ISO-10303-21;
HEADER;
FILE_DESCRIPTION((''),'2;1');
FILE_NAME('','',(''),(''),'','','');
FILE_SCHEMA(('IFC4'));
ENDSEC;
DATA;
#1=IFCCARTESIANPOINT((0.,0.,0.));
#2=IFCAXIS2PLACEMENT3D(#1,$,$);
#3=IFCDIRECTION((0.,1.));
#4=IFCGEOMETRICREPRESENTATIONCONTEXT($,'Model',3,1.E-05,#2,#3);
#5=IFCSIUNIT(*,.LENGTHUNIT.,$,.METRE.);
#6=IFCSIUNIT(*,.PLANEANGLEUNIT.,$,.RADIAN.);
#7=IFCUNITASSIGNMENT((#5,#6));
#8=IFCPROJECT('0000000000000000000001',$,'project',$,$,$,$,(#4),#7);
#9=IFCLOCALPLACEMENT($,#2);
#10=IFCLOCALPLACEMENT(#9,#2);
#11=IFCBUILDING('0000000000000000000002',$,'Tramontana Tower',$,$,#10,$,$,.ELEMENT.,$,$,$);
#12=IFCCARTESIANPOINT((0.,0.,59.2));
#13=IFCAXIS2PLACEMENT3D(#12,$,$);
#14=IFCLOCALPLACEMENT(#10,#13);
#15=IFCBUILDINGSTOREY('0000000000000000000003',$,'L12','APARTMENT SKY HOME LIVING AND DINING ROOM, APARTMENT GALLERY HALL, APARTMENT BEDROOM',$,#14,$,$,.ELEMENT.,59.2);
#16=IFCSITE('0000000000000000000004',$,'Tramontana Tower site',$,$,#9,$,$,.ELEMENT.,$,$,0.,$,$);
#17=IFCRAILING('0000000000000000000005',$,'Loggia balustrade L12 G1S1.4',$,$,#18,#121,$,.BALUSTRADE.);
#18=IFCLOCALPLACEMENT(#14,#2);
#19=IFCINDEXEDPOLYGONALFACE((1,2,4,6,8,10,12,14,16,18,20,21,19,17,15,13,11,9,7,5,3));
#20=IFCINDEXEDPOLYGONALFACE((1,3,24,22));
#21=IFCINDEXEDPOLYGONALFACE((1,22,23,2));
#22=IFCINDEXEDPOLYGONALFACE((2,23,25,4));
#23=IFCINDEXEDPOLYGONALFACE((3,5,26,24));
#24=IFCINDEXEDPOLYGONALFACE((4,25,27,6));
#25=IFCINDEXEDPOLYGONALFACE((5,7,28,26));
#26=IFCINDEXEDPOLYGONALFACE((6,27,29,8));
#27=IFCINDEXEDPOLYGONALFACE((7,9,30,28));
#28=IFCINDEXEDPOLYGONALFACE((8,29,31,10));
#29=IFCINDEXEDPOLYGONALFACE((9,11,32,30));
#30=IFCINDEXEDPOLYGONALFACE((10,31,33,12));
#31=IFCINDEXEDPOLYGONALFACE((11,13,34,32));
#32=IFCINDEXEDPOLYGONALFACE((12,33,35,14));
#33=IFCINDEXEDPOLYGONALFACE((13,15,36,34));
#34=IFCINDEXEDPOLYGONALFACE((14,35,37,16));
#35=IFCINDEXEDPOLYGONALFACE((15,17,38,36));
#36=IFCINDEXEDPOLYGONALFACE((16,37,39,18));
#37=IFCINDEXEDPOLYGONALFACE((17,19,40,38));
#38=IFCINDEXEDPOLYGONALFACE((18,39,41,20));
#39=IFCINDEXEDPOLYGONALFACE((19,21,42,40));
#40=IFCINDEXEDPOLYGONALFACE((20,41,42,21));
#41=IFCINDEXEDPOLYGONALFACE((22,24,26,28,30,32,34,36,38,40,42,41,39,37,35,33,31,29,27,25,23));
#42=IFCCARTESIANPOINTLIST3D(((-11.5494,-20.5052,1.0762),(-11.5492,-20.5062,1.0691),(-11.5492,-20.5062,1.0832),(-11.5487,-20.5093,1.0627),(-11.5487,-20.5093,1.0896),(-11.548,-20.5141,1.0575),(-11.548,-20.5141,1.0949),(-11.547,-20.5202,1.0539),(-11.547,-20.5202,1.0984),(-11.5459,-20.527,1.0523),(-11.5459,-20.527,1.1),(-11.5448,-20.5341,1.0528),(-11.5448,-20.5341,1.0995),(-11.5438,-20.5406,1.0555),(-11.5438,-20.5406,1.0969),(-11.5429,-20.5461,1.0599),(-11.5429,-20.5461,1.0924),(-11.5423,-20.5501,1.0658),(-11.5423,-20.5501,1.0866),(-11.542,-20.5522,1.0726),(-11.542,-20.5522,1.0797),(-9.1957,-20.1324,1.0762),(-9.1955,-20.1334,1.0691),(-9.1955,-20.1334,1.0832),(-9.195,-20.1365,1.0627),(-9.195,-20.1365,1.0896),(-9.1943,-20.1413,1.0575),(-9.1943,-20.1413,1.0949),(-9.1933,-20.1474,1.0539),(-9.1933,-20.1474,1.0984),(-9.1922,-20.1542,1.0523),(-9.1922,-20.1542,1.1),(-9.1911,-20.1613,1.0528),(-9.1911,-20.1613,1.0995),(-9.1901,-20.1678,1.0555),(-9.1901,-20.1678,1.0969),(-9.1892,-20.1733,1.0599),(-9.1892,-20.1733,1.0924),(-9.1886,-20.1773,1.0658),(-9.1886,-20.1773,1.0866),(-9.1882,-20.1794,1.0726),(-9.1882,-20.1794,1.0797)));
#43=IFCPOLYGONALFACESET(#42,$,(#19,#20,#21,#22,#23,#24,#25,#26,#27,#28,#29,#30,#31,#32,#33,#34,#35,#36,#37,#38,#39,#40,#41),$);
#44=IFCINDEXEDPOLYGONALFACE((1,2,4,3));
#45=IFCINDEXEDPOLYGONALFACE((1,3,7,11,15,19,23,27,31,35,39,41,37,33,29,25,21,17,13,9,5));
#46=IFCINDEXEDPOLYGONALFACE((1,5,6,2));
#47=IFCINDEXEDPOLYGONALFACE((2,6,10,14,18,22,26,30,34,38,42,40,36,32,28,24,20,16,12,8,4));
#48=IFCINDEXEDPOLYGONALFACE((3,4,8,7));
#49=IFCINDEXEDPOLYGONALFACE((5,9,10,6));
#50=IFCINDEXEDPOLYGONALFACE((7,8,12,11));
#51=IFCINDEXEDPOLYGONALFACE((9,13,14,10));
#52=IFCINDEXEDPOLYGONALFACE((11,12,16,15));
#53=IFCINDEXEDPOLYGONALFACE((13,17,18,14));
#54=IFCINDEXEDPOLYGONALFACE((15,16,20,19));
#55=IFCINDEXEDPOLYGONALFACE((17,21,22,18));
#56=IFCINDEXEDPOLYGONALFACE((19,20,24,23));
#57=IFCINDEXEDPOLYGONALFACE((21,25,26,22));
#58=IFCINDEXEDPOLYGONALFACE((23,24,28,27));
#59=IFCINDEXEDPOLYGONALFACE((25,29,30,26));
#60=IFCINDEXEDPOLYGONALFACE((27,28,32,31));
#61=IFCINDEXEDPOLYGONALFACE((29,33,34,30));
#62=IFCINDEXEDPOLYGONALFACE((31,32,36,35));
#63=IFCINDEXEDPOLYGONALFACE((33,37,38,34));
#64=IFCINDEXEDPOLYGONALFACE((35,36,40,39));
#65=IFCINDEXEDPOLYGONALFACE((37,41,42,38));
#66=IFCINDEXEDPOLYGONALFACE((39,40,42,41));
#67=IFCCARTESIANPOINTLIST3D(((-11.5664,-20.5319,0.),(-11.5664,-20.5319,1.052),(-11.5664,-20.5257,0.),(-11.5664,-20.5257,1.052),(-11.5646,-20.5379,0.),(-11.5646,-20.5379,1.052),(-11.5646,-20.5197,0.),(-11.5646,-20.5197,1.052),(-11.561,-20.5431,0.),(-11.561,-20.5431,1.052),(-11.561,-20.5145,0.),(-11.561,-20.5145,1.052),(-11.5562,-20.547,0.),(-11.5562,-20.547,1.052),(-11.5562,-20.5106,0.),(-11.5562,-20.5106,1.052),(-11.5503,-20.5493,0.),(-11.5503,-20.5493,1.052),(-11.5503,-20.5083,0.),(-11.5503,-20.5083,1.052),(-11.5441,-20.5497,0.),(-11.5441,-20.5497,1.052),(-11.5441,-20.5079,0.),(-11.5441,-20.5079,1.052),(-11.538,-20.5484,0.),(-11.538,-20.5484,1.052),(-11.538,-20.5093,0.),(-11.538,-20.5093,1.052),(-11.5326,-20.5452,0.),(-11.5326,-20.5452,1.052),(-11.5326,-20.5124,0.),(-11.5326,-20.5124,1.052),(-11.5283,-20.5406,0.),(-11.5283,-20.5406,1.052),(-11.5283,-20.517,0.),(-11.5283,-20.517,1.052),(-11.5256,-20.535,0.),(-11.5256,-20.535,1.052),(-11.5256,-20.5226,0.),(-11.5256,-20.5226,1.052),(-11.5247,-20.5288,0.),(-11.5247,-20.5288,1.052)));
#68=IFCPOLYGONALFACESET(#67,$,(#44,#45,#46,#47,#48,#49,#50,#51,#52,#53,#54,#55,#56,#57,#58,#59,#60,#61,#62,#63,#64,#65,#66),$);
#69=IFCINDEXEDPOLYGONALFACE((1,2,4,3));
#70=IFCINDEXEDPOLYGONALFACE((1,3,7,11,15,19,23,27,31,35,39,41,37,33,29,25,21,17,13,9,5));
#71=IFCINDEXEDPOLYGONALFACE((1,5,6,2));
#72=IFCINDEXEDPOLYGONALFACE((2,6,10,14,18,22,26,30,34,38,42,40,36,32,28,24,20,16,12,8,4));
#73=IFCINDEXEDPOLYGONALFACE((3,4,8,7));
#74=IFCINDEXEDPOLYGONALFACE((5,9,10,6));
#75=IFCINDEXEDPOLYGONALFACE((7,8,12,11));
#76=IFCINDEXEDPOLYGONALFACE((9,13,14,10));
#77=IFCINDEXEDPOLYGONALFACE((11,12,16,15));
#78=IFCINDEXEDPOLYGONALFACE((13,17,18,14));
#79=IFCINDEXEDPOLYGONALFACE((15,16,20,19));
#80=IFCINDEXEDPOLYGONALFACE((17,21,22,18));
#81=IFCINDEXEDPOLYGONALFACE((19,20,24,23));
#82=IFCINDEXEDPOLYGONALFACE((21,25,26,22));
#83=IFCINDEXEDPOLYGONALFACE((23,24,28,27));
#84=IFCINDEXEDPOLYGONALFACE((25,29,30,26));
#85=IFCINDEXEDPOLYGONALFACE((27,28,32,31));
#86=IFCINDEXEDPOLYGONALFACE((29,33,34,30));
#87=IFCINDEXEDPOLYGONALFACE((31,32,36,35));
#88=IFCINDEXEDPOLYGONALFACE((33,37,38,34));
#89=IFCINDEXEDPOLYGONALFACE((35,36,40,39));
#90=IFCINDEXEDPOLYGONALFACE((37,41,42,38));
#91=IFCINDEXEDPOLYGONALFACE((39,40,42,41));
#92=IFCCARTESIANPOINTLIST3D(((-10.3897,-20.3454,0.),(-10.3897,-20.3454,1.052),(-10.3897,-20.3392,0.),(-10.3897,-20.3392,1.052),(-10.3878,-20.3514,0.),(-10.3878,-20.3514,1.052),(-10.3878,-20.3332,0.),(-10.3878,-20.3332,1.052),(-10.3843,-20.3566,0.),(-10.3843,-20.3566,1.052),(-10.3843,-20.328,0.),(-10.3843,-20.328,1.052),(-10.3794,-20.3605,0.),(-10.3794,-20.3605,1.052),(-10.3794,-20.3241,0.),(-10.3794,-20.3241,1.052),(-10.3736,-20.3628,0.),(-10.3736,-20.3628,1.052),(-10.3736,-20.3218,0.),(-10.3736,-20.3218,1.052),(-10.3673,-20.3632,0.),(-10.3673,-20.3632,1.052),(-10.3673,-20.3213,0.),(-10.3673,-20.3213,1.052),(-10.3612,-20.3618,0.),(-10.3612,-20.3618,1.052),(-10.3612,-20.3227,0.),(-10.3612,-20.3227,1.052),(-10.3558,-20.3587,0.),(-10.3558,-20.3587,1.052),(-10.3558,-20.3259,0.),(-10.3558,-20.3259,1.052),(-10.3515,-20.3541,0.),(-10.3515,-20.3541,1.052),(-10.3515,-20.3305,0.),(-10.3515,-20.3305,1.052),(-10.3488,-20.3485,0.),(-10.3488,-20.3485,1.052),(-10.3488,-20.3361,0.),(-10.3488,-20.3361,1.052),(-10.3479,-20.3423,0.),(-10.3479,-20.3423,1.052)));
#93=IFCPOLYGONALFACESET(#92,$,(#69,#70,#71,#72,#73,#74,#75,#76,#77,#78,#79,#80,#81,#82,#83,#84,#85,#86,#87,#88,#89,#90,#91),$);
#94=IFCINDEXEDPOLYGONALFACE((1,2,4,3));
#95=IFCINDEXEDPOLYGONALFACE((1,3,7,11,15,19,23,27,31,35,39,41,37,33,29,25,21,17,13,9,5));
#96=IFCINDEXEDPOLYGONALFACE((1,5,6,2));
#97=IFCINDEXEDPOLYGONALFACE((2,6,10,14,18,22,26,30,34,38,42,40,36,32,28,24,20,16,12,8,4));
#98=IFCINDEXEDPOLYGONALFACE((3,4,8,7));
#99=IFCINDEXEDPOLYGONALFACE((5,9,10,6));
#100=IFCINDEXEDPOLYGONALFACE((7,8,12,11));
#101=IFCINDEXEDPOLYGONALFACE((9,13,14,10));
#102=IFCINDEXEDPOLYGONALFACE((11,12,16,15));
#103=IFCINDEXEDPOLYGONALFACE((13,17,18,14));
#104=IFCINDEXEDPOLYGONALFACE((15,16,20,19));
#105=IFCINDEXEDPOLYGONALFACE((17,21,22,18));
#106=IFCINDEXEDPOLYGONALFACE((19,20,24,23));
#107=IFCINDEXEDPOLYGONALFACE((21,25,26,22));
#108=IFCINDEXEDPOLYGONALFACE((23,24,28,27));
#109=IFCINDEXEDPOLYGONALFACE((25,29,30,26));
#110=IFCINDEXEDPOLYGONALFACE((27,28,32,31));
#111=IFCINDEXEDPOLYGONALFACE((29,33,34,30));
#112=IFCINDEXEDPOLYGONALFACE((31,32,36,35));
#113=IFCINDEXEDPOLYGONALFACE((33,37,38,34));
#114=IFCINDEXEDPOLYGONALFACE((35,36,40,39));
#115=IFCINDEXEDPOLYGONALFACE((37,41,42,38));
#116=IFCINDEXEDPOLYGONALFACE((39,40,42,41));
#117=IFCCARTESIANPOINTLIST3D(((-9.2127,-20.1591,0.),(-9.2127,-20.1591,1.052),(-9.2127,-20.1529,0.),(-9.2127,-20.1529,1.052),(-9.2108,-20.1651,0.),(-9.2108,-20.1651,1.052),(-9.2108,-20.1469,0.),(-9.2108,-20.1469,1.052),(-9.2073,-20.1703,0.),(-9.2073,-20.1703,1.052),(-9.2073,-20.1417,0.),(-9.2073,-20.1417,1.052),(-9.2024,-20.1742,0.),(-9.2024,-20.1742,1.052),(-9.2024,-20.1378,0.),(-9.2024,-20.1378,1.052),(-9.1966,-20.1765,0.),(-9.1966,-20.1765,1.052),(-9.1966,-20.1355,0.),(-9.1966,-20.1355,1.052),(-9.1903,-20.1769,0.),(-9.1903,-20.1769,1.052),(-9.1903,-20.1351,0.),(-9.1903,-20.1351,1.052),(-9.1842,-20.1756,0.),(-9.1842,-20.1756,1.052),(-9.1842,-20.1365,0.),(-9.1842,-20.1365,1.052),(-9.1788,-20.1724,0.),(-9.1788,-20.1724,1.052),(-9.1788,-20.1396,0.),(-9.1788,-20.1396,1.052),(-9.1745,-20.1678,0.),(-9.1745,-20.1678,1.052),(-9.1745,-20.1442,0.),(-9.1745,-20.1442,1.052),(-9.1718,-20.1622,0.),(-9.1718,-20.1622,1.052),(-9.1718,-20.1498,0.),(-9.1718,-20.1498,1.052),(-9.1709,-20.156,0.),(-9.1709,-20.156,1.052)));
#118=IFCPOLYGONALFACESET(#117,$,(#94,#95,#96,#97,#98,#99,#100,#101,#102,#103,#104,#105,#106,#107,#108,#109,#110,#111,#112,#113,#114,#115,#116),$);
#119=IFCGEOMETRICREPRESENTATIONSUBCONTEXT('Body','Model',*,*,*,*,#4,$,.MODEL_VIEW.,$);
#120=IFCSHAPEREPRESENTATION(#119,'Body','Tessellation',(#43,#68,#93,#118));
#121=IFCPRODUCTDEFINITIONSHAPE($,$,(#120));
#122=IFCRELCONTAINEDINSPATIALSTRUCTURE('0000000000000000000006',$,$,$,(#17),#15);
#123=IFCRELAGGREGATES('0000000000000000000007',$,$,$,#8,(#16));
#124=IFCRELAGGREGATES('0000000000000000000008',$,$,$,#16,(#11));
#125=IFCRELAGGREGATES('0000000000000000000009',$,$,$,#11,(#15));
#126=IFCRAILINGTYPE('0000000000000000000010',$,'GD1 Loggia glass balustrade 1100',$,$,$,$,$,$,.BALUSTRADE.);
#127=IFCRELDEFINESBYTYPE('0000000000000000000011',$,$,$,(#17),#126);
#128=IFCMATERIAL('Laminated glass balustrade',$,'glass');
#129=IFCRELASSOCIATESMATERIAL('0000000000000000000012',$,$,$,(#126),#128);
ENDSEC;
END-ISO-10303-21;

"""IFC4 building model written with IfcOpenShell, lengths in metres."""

from ifc_helpers import new_model, si_unit, direction, frame, origin, origin_2d, place, context, subcontext, project, spatial, circle, extrude, material, type_object, element, save


model = new_model("IFC4")

# Units and contexts
model_context = context("Model", 3, precision=1e-05, world=origin(), true_north=direction((0.0, 1.0)))
body_context = subcontext(model_context, "Body", "Model", "MODEL_VIEW")
ifc_project = project(units=[si_unit("LENGTHUNIT", "METRE"), si_unit("PLANEANGLEUNIT", "RADIAN")], contexts=[model_context])

# Site, building, storey
site_placement = place(None, origin())
site = spatial("IfcSite", under=ifc_project, at=site_placement, Name="Tramontana Tower site", CompositionType="ELEMENT", RefElevation=0.0)
building_placement = place(site_placement, origin())
building = spatial("IfcBuilding", under=site, at=building_placement, Name="Tramontana Tower", CompositionType="ELEMENT")
storey_placement = place(building_placement, frame((0.0, 0.0, 59.2)))
storey = spatial("IfcBuildingStorey", under=building, at=storey_placement, Name="L12", Description="APARTMENT SKY HOME LIVING AND DINING ROOM, APARTMENT GALLERY HALL, APARTMENT BEDROOM", CompositionType="ELEMENT", Elevation=59.2)

# Railing
ifc_material_1 = material(Name="Laminated glass balustrade", Category="glass")
railing_type = type_object("IfcRailingType", Name="GD1 Loggia glass balustrade 1100", PredefinedType="BALUSTRADE", material=ifc_material_1)
railing_1_placement = place(storey_placement, frame((-11.5457, -20.5288, 0.0)))
element("IfcRailing", 1, at=railing_1_placement, inside=storey, type_object=railing_type, Name="Loggia balustrade L12 G1S1.4", PredefinedType="BALUSTRADE", context=body_context, shape_type="SweptSolid", body=[
    extrude(circle(Radius=0.0239, at=origin_2d()), frame((0.0, 0.0, 1.0762), z_axis=(0.987688, 0.156436, 0.0), x_axis=(-0.156436, 0.987688, 0.0)), (0.0, 0.0, 1.0), 2.3831),
    extrude(circle(Radius=0.021, at=origin_2d()), origin(), (0.0, 0.0, 1.0), 1.052),
    extrude(circle(Radius=0.021, at=origin_2d()), frame((1.1768, 0.1865, 0.0)), (0.0, 0.0, 1.0), 1.052),
    extrude(circle(Radius=0.021, at=origin_2d()), frame((2.3538, 0.3728, 0.0)), (0.0, 0.0, 1.0), 1.052),
])

save(model, "model.ifc")
